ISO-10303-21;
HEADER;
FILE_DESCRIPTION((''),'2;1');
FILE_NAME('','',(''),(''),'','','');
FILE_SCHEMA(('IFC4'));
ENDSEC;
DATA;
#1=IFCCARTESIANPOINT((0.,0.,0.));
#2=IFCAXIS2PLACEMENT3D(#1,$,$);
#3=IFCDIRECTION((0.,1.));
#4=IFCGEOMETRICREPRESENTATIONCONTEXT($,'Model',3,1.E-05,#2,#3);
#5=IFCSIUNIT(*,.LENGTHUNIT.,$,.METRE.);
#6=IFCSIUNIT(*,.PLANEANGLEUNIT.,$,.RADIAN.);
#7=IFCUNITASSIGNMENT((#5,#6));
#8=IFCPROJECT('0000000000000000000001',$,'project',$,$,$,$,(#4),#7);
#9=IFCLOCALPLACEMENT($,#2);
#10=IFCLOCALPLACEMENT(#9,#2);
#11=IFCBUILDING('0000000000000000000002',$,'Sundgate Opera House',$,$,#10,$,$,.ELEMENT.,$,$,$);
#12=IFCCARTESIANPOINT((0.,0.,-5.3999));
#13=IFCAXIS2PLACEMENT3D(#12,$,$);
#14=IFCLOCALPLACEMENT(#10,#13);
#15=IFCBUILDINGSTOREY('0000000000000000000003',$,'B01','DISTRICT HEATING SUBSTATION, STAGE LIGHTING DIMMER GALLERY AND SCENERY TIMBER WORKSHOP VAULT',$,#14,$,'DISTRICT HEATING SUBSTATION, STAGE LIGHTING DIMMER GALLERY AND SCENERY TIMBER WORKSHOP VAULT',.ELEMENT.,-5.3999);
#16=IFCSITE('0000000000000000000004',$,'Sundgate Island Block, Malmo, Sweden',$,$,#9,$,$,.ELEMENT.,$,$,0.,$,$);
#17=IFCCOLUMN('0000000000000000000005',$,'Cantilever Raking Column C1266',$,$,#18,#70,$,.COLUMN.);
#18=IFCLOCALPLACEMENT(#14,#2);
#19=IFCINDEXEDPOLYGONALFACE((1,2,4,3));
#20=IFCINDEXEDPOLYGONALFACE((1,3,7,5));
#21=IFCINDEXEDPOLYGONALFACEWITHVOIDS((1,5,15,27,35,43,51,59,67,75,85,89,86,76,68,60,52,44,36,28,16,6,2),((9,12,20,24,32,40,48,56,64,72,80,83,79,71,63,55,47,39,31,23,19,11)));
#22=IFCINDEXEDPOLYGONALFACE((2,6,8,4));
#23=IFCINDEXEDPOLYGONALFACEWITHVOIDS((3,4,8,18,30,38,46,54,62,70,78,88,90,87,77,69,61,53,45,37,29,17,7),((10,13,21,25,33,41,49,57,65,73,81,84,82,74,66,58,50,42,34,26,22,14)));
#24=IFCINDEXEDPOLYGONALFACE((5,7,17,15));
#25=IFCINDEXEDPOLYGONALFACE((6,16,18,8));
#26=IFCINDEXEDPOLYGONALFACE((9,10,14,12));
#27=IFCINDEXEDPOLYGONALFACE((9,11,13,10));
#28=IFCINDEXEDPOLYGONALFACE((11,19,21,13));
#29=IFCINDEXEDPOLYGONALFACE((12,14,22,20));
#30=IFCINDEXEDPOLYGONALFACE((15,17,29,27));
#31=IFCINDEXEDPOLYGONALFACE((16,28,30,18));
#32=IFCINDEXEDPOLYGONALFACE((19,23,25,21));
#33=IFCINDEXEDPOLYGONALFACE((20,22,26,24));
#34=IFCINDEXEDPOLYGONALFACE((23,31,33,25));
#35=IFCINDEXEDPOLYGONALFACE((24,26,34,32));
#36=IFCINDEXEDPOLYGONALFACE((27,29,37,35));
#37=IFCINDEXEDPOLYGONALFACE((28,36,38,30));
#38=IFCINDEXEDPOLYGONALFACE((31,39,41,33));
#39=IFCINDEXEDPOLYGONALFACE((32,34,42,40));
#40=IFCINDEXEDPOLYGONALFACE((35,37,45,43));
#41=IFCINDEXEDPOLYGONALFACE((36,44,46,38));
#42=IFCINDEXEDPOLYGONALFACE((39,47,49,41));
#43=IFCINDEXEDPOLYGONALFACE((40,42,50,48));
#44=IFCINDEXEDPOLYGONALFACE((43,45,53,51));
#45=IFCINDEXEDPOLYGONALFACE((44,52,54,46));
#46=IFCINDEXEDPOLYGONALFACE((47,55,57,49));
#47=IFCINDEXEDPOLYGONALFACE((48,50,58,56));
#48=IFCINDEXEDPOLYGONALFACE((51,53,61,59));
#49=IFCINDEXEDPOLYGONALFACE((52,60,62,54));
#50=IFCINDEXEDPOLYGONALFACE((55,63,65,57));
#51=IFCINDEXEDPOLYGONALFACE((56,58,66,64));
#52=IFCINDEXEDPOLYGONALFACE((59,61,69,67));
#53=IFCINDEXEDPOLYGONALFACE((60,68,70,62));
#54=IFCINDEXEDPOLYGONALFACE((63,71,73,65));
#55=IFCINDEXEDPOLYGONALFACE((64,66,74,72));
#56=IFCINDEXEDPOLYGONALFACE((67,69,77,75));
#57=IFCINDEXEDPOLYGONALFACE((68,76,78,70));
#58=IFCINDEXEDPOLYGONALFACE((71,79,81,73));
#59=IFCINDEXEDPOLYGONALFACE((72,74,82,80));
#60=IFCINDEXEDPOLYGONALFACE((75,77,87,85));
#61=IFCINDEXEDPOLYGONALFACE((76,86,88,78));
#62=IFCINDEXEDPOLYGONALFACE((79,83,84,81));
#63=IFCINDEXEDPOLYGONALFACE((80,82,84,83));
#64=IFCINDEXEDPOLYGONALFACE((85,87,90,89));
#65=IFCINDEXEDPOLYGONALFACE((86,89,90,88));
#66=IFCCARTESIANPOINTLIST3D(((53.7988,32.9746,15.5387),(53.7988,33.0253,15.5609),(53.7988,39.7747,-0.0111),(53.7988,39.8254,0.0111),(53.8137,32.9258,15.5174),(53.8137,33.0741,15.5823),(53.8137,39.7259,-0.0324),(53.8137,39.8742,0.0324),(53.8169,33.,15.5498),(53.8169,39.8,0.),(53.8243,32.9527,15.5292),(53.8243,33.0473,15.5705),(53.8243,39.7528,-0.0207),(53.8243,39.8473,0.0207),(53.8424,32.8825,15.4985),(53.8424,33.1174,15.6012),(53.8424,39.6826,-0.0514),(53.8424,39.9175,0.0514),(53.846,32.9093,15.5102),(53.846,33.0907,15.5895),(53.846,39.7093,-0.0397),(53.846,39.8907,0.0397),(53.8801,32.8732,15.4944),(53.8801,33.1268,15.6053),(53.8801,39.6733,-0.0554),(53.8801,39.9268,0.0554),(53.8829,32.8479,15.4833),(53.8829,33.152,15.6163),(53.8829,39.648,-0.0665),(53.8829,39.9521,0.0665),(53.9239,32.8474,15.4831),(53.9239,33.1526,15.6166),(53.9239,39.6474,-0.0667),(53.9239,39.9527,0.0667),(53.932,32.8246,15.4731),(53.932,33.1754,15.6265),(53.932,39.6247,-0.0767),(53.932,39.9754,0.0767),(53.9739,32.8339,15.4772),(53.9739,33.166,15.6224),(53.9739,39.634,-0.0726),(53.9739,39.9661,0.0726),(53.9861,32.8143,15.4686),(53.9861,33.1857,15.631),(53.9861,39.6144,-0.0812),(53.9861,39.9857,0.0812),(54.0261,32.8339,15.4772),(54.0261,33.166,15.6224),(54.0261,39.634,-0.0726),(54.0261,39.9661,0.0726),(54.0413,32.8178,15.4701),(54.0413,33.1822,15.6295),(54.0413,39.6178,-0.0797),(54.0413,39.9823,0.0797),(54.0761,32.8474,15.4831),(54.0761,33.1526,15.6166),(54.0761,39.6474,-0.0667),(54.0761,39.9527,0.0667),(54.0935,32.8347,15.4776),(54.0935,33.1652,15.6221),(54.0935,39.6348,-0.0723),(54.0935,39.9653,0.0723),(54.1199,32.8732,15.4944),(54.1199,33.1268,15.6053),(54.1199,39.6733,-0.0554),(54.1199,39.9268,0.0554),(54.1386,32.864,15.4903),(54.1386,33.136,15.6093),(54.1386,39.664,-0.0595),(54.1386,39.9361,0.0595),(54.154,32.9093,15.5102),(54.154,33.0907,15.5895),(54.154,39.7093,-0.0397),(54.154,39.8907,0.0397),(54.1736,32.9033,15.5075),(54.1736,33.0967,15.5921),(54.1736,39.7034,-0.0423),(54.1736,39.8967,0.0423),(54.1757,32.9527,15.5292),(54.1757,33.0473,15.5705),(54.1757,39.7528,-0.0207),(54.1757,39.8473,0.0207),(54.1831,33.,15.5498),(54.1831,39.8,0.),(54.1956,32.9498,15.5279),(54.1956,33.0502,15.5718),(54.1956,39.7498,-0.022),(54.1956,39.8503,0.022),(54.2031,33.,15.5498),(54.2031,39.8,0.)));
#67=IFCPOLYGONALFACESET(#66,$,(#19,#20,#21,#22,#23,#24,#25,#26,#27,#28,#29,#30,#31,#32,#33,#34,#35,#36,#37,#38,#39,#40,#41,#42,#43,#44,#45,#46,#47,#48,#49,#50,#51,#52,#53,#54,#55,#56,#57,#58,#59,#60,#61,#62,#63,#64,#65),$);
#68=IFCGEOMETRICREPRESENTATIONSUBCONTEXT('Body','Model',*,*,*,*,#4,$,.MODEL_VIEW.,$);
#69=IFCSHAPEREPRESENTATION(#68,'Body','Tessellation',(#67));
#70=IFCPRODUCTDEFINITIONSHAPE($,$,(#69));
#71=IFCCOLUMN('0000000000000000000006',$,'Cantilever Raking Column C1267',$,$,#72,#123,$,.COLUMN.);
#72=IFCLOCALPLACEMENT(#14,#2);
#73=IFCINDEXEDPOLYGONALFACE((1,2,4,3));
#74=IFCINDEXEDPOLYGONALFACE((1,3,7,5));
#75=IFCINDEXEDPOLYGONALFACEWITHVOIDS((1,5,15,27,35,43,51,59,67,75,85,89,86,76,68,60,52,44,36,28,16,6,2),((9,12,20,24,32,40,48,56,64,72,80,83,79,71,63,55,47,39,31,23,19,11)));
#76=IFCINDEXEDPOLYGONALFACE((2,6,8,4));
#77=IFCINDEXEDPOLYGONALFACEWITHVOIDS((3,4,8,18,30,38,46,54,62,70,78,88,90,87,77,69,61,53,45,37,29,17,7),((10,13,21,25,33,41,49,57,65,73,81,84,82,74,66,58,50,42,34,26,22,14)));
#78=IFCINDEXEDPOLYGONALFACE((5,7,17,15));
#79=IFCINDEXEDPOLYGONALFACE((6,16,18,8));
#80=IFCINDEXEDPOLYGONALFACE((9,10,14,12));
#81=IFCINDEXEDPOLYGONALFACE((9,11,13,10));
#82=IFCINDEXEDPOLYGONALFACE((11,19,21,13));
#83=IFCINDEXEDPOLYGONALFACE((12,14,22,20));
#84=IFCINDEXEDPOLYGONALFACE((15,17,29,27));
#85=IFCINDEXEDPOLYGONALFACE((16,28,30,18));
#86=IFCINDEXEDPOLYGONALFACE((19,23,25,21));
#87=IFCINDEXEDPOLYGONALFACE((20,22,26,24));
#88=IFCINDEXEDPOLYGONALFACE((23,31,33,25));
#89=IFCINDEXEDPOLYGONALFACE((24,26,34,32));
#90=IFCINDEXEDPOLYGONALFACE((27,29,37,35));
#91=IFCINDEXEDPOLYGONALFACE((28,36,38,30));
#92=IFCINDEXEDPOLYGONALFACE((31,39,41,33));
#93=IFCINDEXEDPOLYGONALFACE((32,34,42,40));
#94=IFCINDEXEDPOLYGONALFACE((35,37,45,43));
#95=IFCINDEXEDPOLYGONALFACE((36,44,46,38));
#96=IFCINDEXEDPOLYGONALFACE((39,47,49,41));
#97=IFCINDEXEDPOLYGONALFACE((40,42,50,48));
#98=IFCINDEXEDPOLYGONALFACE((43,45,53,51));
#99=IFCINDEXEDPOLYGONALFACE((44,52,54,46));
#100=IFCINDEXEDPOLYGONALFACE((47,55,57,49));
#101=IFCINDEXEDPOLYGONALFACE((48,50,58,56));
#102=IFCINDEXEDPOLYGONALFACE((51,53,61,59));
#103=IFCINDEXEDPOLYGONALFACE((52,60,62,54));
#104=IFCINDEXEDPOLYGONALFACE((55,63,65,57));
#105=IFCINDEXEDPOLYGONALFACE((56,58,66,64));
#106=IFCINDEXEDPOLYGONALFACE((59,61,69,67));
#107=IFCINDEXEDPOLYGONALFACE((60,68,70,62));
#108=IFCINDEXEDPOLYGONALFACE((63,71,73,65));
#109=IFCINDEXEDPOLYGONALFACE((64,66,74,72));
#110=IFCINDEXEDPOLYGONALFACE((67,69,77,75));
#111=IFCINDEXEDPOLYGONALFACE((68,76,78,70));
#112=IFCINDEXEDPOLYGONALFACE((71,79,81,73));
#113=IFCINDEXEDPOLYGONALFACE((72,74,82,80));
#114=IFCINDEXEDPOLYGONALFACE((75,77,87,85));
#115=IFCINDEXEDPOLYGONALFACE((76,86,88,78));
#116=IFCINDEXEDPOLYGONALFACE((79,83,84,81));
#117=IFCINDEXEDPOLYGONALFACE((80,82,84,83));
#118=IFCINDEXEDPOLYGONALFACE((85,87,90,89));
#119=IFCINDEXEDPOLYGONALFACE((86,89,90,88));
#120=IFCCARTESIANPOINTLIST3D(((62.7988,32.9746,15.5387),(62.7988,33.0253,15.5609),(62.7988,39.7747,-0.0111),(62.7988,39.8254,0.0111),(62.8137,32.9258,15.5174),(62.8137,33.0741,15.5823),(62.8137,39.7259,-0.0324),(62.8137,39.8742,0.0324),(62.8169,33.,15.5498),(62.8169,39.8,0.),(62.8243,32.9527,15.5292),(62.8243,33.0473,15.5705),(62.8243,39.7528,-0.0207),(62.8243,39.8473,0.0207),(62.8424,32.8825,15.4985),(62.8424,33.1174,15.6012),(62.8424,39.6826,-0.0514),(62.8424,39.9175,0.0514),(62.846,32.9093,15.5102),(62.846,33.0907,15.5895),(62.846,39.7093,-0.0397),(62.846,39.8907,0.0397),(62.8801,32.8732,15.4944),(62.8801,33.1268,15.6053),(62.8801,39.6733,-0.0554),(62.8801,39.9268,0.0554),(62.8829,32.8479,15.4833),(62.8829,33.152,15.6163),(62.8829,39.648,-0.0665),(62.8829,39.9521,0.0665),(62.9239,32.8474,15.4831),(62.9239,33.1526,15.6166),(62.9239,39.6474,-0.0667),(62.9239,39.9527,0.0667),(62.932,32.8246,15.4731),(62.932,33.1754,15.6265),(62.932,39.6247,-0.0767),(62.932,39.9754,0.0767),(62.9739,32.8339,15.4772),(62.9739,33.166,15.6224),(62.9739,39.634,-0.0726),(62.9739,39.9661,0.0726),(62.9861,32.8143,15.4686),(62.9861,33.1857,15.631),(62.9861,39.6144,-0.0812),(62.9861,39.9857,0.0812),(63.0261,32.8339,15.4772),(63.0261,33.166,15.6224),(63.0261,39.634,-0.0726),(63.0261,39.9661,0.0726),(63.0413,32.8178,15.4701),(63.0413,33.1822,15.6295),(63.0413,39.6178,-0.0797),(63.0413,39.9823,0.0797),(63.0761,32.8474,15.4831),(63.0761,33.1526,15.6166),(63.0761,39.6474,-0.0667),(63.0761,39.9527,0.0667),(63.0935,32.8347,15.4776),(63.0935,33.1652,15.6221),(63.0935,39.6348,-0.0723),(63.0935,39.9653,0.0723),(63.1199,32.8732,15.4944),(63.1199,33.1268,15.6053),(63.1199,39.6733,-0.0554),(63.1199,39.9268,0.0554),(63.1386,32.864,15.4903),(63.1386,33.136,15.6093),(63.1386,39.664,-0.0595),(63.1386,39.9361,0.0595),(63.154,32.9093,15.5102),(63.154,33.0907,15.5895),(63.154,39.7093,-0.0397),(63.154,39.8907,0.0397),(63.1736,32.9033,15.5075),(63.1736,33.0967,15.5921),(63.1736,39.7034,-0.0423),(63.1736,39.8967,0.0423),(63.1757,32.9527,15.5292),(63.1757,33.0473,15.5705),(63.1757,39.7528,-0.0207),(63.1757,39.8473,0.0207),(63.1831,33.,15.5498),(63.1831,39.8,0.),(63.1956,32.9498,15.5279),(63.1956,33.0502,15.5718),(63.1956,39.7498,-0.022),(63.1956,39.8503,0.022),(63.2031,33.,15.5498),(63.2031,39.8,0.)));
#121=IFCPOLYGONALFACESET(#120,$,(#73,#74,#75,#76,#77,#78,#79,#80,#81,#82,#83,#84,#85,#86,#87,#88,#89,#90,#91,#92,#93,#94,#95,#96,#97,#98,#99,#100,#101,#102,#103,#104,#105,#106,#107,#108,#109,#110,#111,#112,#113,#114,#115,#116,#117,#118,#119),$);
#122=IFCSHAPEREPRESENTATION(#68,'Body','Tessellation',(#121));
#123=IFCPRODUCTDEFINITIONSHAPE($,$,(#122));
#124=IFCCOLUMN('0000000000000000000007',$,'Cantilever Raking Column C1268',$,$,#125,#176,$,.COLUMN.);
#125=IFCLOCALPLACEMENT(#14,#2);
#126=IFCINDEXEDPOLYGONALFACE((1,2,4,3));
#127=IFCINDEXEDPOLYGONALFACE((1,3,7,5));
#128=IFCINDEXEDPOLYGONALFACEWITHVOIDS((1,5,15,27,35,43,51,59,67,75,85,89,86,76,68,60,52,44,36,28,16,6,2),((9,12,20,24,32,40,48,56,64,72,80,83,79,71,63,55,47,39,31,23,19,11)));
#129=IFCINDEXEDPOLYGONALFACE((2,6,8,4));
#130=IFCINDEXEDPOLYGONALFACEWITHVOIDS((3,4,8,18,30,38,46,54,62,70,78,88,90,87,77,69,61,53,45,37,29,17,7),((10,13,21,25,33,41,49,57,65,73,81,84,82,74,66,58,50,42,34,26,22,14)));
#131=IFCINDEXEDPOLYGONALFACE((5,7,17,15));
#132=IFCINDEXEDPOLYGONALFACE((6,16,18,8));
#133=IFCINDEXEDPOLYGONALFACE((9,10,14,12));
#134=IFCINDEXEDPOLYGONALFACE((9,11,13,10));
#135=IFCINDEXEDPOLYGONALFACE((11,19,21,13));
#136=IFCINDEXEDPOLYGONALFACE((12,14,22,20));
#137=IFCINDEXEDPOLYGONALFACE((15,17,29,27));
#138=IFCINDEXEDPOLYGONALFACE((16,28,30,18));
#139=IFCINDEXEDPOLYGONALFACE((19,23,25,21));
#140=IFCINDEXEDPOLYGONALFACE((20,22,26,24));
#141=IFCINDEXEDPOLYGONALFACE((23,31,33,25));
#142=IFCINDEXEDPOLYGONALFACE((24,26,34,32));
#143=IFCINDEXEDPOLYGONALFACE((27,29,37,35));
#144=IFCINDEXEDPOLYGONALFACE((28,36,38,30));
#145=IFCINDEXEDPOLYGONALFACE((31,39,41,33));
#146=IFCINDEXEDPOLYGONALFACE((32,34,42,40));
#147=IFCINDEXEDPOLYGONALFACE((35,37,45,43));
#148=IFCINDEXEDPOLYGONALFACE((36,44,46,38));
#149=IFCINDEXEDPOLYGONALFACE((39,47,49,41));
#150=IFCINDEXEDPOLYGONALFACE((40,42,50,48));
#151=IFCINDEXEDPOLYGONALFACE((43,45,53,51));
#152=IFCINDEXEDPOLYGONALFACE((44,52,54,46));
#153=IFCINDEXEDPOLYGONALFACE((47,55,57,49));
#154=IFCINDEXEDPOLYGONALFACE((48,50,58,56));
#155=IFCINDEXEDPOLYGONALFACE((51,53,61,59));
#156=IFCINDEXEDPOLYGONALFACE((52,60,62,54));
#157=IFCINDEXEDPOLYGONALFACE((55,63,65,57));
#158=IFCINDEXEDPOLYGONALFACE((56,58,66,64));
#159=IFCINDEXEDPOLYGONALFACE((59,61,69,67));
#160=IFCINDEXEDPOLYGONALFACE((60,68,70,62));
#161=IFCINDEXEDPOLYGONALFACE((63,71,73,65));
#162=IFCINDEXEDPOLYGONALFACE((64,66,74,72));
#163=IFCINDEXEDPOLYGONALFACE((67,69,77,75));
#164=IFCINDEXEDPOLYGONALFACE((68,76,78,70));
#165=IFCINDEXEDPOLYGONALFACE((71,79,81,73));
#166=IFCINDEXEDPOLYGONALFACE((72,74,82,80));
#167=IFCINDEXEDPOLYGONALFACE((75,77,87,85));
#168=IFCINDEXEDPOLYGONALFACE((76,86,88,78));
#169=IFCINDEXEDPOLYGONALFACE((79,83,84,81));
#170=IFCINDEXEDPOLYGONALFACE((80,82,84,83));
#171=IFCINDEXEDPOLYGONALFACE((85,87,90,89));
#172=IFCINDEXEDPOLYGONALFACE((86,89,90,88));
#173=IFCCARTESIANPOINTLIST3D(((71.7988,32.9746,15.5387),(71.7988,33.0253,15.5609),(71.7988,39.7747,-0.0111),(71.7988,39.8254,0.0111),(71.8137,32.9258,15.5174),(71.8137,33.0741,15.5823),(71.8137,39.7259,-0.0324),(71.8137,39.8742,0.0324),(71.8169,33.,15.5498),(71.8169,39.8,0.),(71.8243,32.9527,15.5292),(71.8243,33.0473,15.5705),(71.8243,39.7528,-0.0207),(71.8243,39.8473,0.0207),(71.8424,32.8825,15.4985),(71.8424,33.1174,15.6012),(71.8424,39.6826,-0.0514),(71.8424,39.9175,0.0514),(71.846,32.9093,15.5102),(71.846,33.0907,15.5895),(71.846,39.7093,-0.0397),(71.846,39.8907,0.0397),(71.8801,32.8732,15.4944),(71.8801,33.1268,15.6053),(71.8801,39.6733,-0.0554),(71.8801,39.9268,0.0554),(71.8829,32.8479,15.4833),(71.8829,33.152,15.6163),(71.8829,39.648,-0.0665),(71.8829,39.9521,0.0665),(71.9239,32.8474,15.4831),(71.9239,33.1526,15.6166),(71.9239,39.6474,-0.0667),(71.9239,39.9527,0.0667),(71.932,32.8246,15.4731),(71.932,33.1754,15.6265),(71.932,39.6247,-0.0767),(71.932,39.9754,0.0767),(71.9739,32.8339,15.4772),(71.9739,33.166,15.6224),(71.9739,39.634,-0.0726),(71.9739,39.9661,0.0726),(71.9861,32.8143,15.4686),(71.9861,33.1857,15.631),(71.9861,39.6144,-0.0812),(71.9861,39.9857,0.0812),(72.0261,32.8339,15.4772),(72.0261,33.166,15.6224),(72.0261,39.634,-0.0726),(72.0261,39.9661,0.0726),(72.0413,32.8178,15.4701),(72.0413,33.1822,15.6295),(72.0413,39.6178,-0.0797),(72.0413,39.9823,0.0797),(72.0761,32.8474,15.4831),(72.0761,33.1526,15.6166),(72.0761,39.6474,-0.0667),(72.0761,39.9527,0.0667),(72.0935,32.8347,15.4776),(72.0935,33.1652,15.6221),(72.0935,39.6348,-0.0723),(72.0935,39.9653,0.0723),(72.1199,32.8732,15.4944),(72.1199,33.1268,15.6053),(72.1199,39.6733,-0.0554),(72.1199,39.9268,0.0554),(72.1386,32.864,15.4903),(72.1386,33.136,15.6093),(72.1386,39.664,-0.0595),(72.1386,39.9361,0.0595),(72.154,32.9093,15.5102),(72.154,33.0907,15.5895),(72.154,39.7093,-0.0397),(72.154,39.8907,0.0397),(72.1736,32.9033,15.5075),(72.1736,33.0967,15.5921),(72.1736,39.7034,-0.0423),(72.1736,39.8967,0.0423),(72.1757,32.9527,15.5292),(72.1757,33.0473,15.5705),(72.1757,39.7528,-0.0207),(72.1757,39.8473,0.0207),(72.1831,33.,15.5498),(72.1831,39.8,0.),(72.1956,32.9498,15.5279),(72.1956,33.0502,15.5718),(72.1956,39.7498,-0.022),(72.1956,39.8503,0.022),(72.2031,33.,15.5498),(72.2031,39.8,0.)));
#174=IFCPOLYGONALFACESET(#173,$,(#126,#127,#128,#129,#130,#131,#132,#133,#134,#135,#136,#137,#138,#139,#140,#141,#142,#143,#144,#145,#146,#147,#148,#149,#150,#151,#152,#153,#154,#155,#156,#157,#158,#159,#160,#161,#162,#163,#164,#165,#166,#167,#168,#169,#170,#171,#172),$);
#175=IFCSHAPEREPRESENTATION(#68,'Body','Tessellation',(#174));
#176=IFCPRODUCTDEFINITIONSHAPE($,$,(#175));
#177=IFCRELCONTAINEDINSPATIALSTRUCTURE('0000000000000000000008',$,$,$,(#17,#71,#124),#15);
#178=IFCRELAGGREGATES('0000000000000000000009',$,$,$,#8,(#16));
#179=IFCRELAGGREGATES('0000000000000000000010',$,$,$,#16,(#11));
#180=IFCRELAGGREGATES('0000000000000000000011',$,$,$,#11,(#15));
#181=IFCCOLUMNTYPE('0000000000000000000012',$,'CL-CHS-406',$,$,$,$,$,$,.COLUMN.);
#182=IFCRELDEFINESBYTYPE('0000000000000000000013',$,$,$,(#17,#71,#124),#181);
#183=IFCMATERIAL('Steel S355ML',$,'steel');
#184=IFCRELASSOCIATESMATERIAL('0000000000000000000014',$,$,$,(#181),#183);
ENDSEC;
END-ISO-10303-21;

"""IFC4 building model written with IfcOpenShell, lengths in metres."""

from ifc_helpers import new_model, si_unit, direction, frame, origin, origin_2d, place, context, subcontext, project, spatial, hollow_circle, extrude, material, material_profile, profile_set, type_object, element, save


model = new_model("IFC4")

# Units and contexts
model_context = context("Model", 3, precision=1e-05, world=origin(), true_north=direction((0.0, 1.0)))
body_context = subcontext(model_context, "Body", "Model", "MODEL_VIEW")
ifc_project = project(units=[si_unit("LENGTHUNIT", "METRE"), si_unit("PLANEANGLEUNIT", "RADIAN")], contexts=[model_context])

# Site, building, storey
site_placement = place(None, origin())
site = spatial("IfcSite", under=ifc_project, at=site_placement, Name="Sundgate Island Block, Malmo, Sweden", CompositionType="ELEMENT", RefElevation=0.0)
building_placement = place(site_placement, origin())
building = spatial("IfcBuilding", under=site, at=building_placement, Name="Sundgate Opera House", CompositionType="ELEMENT")
storey_placement = place(building_placement, frame((0.0, 0.0, -5.3999)))
storey = spatial("IfcBuildingStorey", under=building, at=storey_placement, Name="B01", Description="DISTRICT HEATING SUBSTATION, STAGE LIGHTING DIMMER GALLERY AND SCENERY TIMBER WORKSHOP VAULT", LongName="DISTRICT HEATING SUBSTATION, STAGE LIGHTING DIMMER GALLERY AND SCENERY TIMBER WORKSHOP VAULT", CompositionType="ELEMENT", Elevation=-5.3999)

# Columns
ifc_material_1 = material(Name="Steel S355ML", Category="steel")
ifc_material_profile_1 = material_profile(ifc_material_1, hollow_circle(Radius=0.2031, WallThickness=0.02, at=origin_2d()), Name="CHS 406.4x20.0")
ifc_profile_set_1 = profile_set([ifc_material_profile_1], Name="Steel S355ML")
column_type_1 = type_object("IfcColumnType", Name="CL-CHS-406", PredefinedType="COLUMN", material=ifc_profile_set_1)
for number, where, z_axis, x_axis, name in (
    (1, (54.0, 39.8, 0.0), (0.0, -0.400671, 0.916222), (1.0, 0.0, 0.0), "Cantilever Raking Column C1266"),
    (2, (63.0, 39.8, 0.0), (0.0, -0.400671, 0.916222), (1.0, 0.0, 0.0), "Cantilever Raking Column C1267"),
    (3, (72.0, 39.8, 0.0), (0.0, -0.400671, 0.916222), (1.0, 0.0, 0.0), "Cantilever Raking Column C1268"),
):
    element("IfcColumn", number, at=place(storey_placement, frame(where, z_axis=z_axis, x_axis=x_axis)), inside=storey, type_object=column_type_1, Name=name, PredefinedType="COLUMN", context=body_context, shape_type="SweptSolid", body=[
        extrude(hollow_circle(Radius=0.2031, WallThickness=0.02, at=origin_2d()), origin(), (0.0, 0.0, 1.0), 16.9717),
    ])

save(model, "model.ifc")
